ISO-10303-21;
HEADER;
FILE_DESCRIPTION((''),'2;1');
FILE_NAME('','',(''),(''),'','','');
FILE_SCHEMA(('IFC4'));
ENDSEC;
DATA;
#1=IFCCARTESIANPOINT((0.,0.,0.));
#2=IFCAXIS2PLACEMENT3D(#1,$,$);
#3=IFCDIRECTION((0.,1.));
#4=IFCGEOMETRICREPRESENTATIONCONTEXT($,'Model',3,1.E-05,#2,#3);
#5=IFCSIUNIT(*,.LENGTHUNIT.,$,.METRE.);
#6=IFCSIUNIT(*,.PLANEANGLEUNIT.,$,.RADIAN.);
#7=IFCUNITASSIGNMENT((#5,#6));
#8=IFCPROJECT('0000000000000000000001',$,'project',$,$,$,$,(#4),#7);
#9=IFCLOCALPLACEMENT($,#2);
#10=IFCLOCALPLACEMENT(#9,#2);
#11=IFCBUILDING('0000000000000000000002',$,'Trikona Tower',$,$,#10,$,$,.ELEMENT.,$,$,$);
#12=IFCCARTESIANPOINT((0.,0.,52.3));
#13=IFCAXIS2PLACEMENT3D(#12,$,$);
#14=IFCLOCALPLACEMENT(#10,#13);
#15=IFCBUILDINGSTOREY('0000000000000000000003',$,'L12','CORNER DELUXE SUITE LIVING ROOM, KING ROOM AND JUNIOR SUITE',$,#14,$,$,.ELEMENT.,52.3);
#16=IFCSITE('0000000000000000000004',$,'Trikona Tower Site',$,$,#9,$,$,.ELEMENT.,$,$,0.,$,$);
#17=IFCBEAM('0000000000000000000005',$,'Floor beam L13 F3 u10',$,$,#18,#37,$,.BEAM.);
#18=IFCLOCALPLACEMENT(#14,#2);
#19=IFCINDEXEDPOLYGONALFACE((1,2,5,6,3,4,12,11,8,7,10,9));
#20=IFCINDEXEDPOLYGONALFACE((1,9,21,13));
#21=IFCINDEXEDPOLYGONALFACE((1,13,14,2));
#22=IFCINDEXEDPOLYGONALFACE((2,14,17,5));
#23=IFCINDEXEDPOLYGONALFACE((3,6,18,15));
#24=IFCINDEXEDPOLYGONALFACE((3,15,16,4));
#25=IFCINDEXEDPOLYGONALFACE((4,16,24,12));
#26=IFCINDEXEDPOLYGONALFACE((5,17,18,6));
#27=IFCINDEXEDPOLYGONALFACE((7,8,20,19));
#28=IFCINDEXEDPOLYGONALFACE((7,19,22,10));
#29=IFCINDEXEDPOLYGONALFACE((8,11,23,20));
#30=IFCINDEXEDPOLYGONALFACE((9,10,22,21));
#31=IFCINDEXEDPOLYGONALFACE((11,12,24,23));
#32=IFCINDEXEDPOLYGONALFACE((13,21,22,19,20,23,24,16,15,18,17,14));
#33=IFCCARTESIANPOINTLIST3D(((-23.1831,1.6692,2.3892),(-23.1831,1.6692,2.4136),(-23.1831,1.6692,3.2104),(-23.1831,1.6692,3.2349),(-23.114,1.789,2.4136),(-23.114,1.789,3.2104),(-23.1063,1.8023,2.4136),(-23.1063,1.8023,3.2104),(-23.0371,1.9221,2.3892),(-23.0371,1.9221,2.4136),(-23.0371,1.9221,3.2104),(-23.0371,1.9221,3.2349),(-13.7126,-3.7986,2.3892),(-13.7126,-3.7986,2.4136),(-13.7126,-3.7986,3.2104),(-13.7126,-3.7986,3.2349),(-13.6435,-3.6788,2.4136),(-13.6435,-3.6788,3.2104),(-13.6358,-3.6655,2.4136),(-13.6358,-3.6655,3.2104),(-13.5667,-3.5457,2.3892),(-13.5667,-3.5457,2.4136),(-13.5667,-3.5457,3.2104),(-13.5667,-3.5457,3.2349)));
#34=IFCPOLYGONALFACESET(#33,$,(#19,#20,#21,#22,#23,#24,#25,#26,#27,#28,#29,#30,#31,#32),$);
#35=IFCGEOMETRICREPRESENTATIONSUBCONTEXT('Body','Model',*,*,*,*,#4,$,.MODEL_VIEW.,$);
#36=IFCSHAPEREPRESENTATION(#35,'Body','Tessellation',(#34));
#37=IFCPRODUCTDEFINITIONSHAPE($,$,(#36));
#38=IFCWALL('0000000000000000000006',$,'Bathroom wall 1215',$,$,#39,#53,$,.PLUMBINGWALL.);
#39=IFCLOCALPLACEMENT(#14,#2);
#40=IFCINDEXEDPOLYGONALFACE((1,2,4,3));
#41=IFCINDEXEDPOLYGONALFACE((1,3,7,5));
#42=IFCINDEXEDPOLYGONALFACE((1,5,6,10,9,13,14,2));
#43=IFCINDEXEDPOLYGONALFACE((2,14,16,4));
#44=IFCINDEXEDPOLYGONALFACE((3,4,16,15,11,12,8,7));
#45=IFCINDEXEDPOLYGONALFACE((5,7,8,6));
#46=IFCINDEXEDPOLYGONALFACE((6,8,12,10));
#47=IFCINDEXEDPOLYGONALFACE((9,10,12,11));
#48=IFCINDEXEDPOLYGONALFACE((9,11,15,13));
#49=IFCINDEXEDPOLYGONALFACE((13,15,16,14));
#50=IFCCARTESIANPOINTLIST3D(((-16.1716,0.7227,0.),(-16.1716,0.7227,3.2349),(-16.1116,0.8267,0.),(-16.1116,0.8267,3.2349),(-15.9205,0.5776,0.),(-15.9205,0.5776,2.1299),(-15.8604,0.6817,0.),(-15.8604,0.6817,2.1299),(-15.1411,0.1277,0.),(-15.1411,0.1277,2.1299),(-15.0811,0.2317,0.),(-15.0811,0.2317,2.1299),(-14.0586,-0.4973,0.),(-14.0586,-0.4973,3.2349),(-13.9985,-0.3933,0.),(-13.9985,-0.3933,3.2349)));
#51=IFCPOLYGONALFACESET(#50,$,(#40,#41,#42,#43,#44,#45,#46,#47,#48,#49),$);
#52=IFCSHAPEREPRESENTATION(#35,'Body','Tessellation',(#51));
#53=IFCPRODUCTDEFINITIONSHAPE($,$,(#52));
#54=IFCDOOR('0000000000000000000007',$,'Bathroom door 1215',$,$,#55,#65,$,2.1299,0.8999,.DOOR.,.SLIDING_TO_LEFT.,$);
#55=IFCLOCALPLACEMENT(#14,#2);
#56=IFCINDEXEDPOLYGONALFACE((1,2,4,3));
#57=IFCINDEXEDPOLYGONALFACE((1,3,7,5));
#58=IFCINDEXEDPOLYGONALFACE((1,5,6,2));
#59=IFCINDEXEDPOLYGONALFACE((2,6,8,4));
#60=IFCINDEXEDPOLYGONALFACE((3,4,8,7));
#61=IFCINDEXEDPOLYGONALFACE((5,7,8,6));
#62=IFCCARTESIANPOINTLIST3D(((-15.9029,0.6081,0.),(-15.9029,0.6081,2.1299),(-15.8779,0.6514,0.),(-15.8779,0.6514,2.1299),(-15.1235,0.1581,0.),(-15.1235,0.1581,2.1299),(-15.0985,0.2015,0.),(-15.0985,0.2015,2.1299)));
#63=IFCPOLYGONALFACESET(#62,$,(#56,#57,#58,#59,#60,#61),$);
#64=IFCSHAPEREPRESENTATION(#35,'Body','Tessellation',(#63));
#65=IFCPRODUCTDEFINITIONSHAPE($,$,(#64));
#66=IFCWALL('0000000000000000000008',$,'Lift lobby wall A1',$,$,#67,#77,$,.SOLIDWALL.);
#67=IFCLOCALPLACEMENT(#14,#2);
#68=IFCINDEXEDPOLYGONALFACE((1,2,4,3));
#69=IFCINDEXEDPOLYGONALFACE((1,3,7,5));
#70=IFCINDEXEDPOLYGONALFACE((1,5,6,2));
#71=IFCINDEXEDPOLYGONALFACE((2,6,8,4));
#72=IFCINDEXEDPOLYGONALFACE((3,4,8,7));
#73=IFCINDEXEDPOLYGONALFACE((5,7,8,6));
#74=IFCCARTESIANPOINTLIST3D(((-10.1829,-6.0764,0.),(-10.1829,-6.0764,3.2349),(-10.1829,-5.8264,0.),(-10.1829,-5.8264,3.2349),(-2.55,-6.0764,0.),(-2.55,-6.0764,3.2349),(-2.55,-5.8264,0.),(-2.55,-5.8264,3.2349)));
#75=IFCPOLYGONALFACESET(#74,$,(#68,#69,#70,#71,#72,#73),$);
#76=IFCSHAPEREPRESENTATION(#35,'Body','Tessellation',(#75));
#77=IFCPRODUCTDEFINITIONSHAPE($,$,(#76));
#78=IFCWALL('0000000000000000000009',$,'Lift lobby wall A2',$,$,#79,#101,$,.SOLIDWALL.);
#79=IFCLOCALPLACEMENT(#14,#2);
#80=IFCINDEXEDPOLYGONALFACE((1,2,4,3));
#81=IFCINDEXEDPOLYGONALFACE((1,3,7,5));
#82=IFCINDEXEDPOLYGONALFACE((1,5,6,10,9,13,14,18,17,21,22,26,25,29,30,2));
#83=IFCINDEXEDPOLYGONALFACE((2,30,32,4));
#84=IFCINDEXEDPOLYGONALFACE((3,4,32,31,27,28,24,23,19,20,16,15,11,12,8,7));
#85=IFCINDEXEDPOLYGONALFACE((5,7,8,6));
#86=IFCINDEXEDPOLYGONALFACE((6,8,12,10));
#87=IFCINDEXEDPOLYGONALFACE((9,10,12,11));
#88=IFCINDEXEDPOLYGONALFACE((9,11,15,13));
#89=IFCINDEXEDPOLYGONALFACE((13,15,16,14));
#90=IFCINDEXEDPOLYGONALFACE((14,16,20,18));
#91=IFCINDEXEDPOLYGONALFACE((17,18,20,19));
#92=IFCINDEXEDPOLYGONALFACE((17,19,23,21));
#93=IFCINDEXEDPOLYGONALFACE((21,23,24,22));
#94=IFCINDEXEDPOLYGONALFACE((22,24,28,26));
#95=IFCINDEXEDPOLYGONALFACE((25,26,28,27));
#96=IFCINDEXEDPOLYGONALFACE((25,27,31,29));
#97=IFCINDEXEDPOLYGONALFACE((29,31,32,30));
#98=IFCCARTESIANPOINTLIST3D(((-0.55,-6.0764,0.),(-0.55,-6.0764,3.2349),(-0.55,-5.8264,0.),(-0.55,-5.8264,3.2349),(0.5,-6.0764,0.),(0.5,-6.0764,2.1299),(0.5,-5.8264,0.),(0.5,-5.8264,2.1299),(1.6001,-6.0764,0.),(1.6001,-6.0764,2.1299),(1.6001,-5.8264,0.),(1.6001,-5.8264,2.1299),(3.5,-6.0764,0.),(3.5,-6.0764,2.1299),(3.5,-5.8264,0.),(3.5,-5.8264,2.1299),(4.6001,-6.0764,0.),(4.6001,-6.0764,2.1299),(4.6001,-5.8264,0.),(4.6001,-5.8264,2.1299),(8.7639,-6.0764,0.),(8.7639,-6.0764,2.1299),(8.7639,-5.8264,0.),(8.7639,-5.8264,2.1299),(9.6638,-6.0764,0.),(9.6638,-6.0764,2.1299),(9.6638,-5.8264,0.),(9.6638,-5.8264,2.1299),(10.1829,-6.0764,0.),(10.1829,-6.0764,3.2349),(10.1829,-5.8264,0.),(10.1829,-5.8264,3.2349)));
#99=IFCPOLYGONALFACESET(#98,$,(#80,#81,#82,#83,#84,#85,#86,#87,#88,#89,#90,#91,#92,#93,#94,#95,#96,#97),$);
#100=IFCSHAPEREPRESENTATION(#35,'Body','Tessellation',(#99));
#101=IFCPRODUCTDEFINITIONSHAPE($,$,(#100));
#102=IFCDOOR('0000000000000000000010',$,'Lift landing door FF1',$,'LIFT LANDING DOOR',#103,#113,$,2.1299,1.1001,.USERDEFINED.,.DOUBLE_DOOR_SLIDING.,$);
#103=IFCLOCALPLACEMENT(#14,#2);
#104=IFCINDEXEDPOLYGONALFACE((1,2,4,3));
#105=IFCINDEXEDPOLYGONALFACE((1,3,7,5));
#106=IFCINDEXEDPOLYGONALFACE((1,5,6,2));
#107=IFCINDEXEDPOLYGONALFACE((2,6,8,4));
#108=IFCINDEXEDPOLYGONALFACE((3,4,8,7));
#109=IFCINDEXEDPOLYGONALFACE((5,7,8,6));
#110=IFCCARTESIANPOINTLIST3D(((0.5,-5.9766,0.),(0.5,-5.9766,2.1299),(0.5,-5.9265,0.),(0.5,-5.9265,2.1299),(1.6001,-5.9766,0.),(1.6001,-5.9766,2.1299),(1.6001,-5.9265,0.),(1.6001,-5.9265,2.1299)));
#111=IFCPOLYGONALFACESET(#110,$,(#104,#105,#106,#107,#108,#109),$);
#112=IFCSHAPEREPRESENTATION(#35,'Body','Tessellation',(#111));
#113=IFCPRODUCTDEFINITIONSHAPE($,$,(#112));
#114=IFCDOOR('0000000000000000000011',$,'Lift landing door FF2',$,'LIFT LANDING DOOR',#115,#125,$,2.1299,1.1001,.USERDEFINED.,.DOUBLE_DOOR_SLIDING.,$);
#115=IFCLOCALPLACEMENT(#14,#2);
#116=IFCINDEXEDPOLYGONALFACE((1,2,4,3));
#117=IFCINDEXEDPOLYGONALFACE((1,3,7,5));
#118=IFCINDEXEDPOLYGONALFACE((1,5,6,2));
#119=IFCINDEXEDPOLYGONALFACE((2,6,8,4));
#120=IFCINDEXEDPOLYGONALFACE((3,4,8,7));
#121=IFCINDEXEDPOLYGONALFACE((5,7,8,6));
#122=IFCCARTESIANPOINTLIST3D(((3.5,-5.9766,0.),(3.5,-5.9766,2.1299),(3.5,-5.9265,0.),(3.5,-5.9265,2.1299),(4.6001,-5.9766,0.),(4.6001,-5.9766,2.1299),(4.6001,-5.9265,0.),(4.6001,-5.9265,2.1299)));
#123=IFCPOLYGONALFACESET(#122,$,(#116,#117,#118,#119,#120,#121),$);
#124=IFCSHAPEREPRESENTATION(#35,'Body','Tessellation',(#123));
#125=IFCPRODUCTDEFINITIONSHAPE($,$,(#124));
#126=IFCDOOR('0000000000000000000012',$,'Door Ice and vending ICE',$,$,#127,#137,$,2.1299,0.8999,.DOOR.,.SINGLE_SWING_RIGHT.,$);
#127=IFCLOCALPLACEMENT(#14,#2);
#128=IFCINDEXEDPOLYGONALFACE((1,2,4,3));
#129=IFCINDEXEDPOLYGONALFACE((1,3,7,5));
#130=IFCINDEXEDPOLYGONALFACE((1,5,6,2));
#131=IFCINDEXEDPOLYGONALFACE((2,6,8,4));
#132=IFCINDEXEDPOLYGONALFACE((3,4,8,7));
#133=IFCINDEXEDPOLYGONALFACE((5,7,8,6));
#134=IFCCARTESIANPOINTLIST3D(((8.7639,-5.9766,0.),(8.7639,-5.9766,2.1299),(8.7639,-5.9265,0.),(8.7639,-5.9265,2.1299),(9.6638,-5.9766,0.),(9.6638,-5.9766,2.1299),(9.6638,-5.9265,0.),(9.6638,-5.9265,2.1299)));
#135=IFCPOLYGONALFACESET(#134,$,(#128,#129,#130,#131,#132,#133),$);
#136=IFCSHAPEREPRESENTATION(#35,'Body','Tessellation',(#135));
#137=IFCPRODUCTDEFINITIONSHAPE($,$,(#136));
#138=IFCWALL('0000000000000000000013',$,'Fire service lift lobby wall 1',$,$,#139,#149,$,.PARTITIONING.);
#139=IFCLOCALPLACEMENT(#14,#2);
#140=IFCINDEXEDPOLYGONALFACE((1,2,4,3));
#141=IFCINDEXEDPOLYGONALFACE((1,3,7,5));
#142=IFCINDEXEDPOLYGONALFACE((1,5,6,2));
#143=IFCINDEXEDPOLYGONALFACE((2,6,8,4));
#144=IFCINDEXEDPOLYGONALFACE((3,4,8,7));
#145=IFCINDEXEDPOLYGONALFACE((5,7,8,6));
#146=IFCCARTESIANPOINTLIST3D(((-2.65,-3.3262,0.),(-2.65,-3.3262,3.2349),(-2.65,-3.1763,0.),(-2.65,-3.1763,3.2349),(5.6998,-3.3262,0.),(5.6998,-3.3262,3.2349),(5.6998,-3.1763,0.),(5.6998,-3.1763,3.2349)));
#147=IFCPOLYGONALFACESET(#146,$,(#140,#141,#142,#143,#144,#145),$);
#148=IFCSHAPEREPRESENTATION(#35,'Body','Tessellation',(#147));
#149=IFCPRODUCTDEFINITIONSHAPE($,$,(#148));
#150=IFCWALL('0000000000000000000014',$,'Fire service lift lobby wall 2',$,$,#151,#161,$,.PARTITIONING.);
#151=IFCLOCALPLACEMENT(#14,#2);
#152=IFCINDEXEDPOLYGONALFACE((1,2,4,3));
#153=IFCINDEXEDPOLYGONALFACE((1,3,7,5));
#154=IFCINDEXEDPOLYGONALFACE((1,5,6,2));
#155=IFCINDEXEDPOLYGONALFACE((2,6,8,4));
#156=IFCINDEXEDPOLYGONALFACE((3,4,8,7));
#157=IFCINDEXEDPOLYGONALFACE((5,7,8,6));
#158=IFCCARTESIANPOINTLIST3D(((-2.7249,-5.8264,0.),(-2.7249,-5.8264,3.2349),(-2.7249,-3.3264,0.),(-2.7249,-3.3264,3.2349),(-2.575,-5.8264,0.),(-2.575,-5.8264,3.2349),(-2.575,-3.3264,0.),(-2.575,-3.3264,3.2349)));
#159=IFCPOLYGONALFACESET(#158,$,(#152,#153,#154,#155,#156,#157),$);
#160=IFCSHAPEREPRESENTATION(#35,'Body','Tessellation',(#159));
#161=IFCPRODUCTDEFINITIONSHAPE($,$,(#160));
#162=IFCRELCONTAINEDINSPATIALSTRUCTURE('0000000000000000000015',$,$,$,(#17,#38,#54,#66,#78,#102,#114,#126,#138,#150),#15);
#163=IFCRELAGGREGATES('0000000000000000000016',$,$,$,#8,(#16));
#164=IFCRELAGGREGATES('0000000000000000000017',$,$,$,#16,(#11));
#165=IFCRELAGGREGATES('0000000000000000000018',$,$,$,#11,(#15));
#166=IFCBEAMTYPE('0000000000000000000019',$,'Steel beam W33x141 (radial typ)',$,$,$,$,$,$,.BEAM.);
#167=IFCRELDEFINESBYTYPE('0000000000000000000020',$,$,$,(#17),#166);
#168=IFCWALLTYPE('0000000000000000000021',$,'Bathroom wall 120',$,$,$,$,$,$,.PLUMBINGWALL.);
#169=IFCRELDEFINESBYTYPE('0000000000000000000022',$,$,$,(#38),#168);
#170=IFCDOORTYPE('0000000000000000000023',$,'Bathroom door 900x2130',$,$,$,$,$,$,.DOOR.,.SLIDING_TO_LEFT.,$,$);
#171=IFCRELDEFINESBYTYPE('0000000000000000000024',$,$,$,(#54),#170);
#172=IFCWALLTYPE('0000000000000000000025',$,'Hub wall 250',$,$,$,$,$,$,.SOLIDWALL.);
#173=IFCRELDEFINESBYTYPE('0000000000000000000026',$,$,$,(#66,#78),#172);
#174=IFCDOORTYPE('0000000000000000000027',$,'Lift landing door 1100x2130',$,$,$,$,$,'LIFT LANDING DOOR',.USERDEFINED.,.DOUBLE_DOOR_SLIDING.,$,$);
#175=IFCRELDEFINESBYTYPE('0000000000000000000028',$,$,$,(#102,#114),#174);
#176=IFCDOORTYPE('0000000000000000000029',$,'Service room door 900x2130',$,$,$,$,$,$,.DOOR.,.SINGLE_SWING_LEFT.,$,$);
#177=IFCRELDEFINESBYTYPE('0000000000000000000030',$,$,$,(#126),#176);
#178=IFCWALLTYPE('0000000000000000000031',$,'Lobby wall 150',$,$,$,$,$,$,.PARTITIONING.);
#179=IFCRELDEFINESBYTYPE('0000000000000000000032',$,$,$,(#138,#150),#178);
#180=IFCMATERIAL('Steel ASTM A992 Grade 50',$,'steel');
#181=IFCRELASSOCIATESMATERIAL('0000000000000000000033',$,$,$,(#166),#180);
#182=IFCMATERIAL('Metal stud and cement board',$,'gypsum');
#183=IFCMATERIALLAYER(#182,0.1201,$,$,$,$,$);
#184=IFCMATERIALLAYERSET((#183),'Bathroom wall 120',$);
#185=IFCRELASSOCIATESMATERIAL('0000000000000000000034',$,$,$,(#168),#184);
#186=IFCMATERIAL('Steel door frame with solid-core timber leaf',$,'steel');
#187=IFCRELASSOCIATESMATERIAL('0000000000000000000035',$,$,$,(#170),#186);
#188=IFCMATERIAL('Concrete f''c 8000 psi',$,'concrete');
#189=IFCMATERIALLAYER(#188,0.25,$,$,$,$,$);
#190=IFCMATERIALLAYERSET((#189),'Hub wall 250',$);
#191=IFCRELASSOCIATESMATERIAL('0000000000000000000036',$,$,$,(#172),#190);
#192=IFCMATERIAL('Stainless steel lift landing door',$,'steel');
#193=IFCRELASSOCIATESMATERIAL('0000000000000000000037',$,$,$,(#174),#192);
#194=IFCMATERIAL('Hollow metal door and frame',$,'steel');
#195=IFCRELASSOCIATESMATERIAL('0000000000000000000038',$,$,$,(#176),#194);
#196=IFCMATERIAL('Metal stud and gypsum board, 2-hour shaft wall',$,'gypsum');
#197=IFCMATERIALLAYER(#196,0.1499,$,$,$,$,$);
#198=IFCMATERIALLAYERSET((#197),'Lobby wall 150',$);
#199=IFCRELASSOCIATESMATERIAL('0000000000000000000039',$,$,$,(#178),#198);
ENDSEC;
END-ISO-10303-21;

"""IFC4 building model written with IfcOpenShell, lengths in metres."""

from ifc_helpers import new_model, si_unit, direction, frame, frame_2d, origin, origin_2d, place, context, subcontext, project, spatial, rectangle, i_section, extrude, material, layer, layer_set, material_profile, profile_set, type_object, element, fill, save


model = new_model("IFC4")

# Units and contexts
model_context = context("Model", 3, precision=1e-05, world=origin(), true_north=direction((0.0, 1.0)))
body_context = subcontext(model_context, "Body", "Model", "MODEL_VIEW")
ifc_project = project(units=[si_unit("LENGTHUNIT", "METRE"), si_unit("PLANEANGLEUNIT", "RADIAN")], contexts=[model_context])

# Site, building, storey
site_placement = place(None, origin())
site = spatial("IfcSite", under=ifc_project, at=site_placement, Name="Trikona Tower Site", CompositionType="ELEMENT", RefElevation=0.0)
building_placement = place(site_placement, origin())
building = spatial("IfcBuilding", under=site, at=building_placement, Name="Trikona Tower", CompositionType="ELEMENT")
storey_placement = place(building_placement, frame((0.0, 0.0, 52.3)))
storey = spatial("IfcBuildingStorey", under=building, at=storey_placement, Name="L12", Description="CORNER DELUXE SUITE LIVING ROOM, KING ROOM AND JUNIOR SUITE", CompositionType="ELEMENT", Elevation=52.3)

# Beam
ifc_material_1 = material(Name="Steel ASTM A992 Grade 50", Category="steel")
ifc_material_profile = material_profile(ifc_material_1, i_section(OverallWidth=0.292, OverallDepth=0.8457, WebThickness=0.0154, FlangeThickness=0.0244, at=origin_2d()), Name="W33X141")
ifc_profile_set = profile_set([ifc_material_profile], Name="Steel ASTM A992 Grade 50")
beam_type = type_object("IfcBeamType", Name="Steel beam W33x141 (radial typ)", PredefinedType="BEAM", material=ifc_profile_set)
beam_placement = place(storey_placement, frame((-13.6396, -3.6721, 2.812), z_axis=(-0.866025, 0.5, 0.0), x_axis=(-0.5, -0.866025, 0.0)))
element("IfcBeam", 1, at=beam_placement, inside=storey, type_object=beam_type, Name="Floor beam L13 F3 u10", PredefinedType="BEAM", context=body_context, shape_type="SweptSolid", body=[
    extrude(i_section(OverallWidth=0.292, OverallDepth=0.8457, WebThickness=0.0154, FlangeThickness=0.0244, at=origin_2d()), origin(), (0.0, 0.0, 1.0), 10.9355),
])

# Wall, opening, door
ifc_material_2 = material(Name="Metal stud and cement board", Category="gypsum")
ifc_layer_1 = layer(ifc_material_2, 0.1201)
ifc_layer_set_1 = layer_set([ifc_layer_1], Name="Bathroom wall 120")
wall_type_1 = type_object("IfcWallType", Name="Bathroom wall 120", PredefinedType="PLUMBINGWALL", material=ifc_layer_set_1)
wall_1_placement = place(storey_placement, frame((-14.0286, -0.4453, 0.0), z_axis=(0.0, 0.0, 1.0), x_axis=(-0.866024, 0.500003, 0.0)))
wall_1 = element("IfcWall", 2, at=wall_1_placement, inside=storey, type_object=wall_type_1, Name="Bathroom wall 1215", PredefinedType="PLUMBINGWALL", context=body_context, shape_type="SweptSolid", body=[
    extrude(rectangle(XDim=2.4399, YDim=0.1201, at=frame_2d((1.22, 0.0))), origin(), (0.0, 0.0, 1.0), 3.2349),
])
opening_1_placement = place(wall_1_placement, frame((1.25, 0.0, 0.0)))
opening_1 = element("IfcOpeningElement", 3, at=opening_1_placement, cuts=wall_1, PredefinedType="OPENING", context=body_context, shape_type="SweptSolid", body=[
    extrude(rectangle(XDim=0.8999, YDim=2.1299, at=frame_2d((0.45, 1.0649))), frame((0.0, 0.0701, 0.0), z_axis=(0.0, -1.0, 0.0), x_axis=(1.0, 0.0, 0.0)), (0.0, 0.0, 1.0), 0.1401),
])
ifc_material_3 = material(Name="Steel door frame with solid-core timber leaf", Category="steel")
door_type_1 = type_object("IfcDoorType", Name="Bathroom door 900x2130", OperationType="SLIDING_TO_LEFT", PredefinedType="DOOR", material=ifc_material_3)
door_1_placement = place(opening_1_placement, origin())
door_1 = element("IfcDoor", 4, at=door_1_placement, inside=storey, type_object=door_type_1, Name="Bathroom door 1215", OperationType="SLIDING_TO_LEFT", OverallHeight=2.1299, OverallWidth=0.8999, PredefinedType="DOOR", context=body_context, shape_type="SweptSolid", body=[
    extrude(rectangle(XDim=0.8999, YDim=2.1299, at=frame_2d((0.45, 1.0649))), frame((0.0, 0.0249, 0.0), z_axis=(0.0, -1.0, 0.0), x_axis=(1.0, 0.0, 0.0)), (0.0, 0.0, 1.0), 0.05),
])
fill(opening_1, door_1)

# Wall
ifc_material_4 = material(Name="Concrete f'c 8000 psi", Category="concrete")
ifc_layer_2 = layer(ifc_material_4, 0.25)
ifc_layer_set_2 = layer_set([ifc_layer_2], Name="Hub wall 250")
wall_type_2 = type_object("IfcWallType", Name="Hub wall 250", PredefinedType="SOLIDWALL", material=ifc_layer_set_2)
wall_2_placement = place(storey_placement, frame((-10.1829, -5.9514, 0.0), z_axis=(0.0, 0.0, 1.0), x_axis=(1.0, 0.0, 0.0)))
element("IfcWall", 5, at=wall_2_placement, inside=storey, type_object=wall_type_2, Name="Lift lobby wall A1", PredefinedType="SOLIDWALL", context=body_context, shape_type="SweptSolid", body=[
    extrude(rectangle(XDim=7.6328, YDim=0.25, at=frame_2d((3.8164, 0.0))), origin(), (0.0, 0.0, 1.0), 3.2349),
])

# Wall, openings, doors
wall_3_placement = place(storey_placement, frame((-0.55, -5.9514, 0.0), z_axis=(0.0, 0.0, 1.0), x_axis=(1.0, 0.0, 0.0)))
wall_3 = element("IfcWall", 6, at=wall_3_placement, inside=storey, type_object=wall_type_2, Name="Lift lobby wall A2", PredefinedType="SOLIDWALL", context=body_context, shape_type="SweptSolid", body=[
    extrude(rectangle(XDim=10.7329, YDim=0.25, at=frame_2d((5.3665, 0.0))), origin(), (0.0, 0.0, 1.0), 3.2349),
])
opening_2_placement = place(wall_3_placement, frame((9.314, 0.0, 0.0)))
opening_2 = element("IfcOpeningElement", 7, at=opening_2_placement, cuts=wall_3, PredefinedType="OPENING", context=body_context, shape_type="SweptSolid", body=[
    extrude(rectangle(XDim=0.8999, YDim=2.1299, at=frame_2d((0.45, 1.0649))), frame((0.0, 0.135, 0.0), z_axis=(0.0, -1.0, 0.0), x_axis=(1.0, 0.0, 0.0)), (0.0, 0.0, 1.0), 0.27),
])
opening_3_placement = place(wall_3_placement, frame((1.05, 0.0, 0.0)))
opening_3 = element("IfcOpeningElement", 8, at=opening_3_placement, cuts=wall_3, PredefinedType="OPENING", context=body_context, shape_type="SweptSolid", body=[
    extrude(rectangle(XDim=1.1001, YDim=2.1299, at=frame_2d((0.55, 1.0649))), frame((0.0, 0.135, 0.0), z_axis=(0.0, -1.0, 0.0), x_axis=(1.0, 0.0, 0.0)), (0.0, 0.0, 1.0), 0.27),
])
opening_4_placement = place(wall_3_placement, frame((4.05, 0.0, 0.0)))
opening_4 = element("IfcOpeningElement", 9, at=opening_4_placement, cuts=wall_3, PredefinedType="OPENING", context=body_context, shape_type="SweptSolid", body=[
    extrude(rectangle(XDim=1.1001, YDim=2.1299, at=frame_2d((0.55, 1.0649))), frame((0.0, 0.135, 0.0), z_axis=(0.0, -1.0, 0.0), x_axis=(1.0, 0.0, 0.0)), (0.0, 0.0, 1.0), 0.27),
])
ifc_material_5 = material(Name="Stainless steel lift landing door", Category="steel")
door_type_2 = type_object("IfcDoorType", Name="Lift landing door 1100x2130", ElementType="LIFT LANDING DOOR", OperationType="DOUBLE_DOOR_SLIDING", PredefinedType="USERDEFINED", material=ifc_material_5)
door_2_placement = place(opening_3_placement, origin())
door_2 = element("IfcDoor", 10, at=door_2_placement, inside=storey, type_object=door_type_2, Name="Lift landing door FF1", ObjectType="LIFT LANDING DOOR", OperationType="DOUBLE_DOOR_SLIDING", OverallHeight=2.1299, OverallWidth=1.1001, PredefinedType="USERDEFINED", context=body_context, shape_type="SweptSolid", body=[
    extrude(rectangle(XDim=1.1001, YDim=2.1299, at=frame_2d((0.55, 1.0649))), frame((0.0, 0.0249, 0.0), z_axis=(0.0, -1.0, 0.0), x_axis=(1.0, 0.0, 0.0)), (0.0, 0.0, 1.0), 0.05),
])
fill(opening_3, door_2)
door_3_placement = place(opening_4_placement, origin())
door_3 = element("IfcDoor", 11, at=door_3_placement, inside=storey, type_object=door_type_2, Name="Lift landing door FF2", ObjectType="LIFT LANDING DOOR", OperationType="DOUBLE_DOOR_SLIDING", OverallHeight=2.1299, OverallWidth=1.1001, PredefinedType="USERDEFINED", context=body_context, shape_type="SweptSolid", body=[
    extrude(rectangle(XDim=1.1001, YDim=2.1299, at=frame_2d((0.55, 1.0649))), frame((0.0, 0.0249, 0.0), z_axis=(0.0, -1.0, 0.0), x_axis=(1.0, 0.0, 0.0)), (0.0, 0.0, 1.0), 0.05),
])
fill(opening_4, door_3)
ifc_material_6 = material(Name="Hollow metal door and frame", Category="steel")
door_type_3 = type_object("IfcDoorType", Name="Service room door 900x2130", OperationType="SINGLE_SWING_LEFT", PredefinedType="DOOR", material=ifc_material_6)
door_4_placement = place(opening_2_placement, origin())
door_4 = element("IfcDoor", 12, at=door_4_placement, inside=storey, type_object=door_type_3, Name="Door Ice and vending ICE", OperationType="SINGLE_SWING_RIGHT", OverallHeight=2.1299, OverallWidth=0.8999, PredefinedType="DOOR", context=body_context, shape_type="SweptSolid", body=[
    extrude(rectangle(XDim=0.8999, YDim=2.1299, at=frame_2d((0.45, 1.0649))), frame((0.0, 0.0249, 0.0), z_axis=(0.0, -1.0, 0.0), x_axis=(1.0, 0.0, 0.0)), (0.0, 0.0, 1.0), 0.05),
])
fill(opening_2, door_4)

# Walls
ifc_material_7 = material(Name="Metal stud and gypsum board, 2-hour shaft wall", Category="gypsum")
ifc_layer_3 = layer(ifc_material_7, 0.1499)
ifc_layer_set_3 = layer_set([ifc_layer_3], Name="Lobby wall 150")
wall_type_3 = type_object("IfcWallType", Name="Lobby wall 150", PredefinedType="PARTITIONING", material=ifc_layer_set_3)
wall_4_placement = place(storey_placement, frame((-2.6499, -3.2512, 0.0), z_axis=(0.0, 0.0, 1.0), x_axis=(1.0, 0.0, 0.0)))
element("IfcWall", 13, at=wall_4_placement, inside=storey, type_object=wall_type_3, Name="Fire service lift lobby wall 1", PredefinedType="PARTITIONING", context=body_context, shape_type="SweptSolid", body=[
    extrude(rectangle(XDim=8.3499, YDim=0.1499, at=frame_2d((4.1748, 0.0))), origin(), (0.0, 0.0, 1.0), 3.2349),
])
wall_5_placement = place(storey_placement, frame((-2.6499, -5.8264, 0.0), z_axis=(0.0, 0.0, 1.0), x_axis=(0.0, 1.0, 0.0)))
element("IfcWall", 14, at=wall_5_placement, inside=storey, type_object=wall_type_3, Name="Fire service lift lobby wall 2", PredefinedType="PARTITIONING", context=body_context, shape_type="SweptSolid", body=[
    extrude(rectangle(XDim=2.5, YDim=0.1499, at=frame_2d((1.25, 0.0))), origin(), (0.0, 0.0, 1.0), 3.2349),
])

save(model, "model.ifc")
